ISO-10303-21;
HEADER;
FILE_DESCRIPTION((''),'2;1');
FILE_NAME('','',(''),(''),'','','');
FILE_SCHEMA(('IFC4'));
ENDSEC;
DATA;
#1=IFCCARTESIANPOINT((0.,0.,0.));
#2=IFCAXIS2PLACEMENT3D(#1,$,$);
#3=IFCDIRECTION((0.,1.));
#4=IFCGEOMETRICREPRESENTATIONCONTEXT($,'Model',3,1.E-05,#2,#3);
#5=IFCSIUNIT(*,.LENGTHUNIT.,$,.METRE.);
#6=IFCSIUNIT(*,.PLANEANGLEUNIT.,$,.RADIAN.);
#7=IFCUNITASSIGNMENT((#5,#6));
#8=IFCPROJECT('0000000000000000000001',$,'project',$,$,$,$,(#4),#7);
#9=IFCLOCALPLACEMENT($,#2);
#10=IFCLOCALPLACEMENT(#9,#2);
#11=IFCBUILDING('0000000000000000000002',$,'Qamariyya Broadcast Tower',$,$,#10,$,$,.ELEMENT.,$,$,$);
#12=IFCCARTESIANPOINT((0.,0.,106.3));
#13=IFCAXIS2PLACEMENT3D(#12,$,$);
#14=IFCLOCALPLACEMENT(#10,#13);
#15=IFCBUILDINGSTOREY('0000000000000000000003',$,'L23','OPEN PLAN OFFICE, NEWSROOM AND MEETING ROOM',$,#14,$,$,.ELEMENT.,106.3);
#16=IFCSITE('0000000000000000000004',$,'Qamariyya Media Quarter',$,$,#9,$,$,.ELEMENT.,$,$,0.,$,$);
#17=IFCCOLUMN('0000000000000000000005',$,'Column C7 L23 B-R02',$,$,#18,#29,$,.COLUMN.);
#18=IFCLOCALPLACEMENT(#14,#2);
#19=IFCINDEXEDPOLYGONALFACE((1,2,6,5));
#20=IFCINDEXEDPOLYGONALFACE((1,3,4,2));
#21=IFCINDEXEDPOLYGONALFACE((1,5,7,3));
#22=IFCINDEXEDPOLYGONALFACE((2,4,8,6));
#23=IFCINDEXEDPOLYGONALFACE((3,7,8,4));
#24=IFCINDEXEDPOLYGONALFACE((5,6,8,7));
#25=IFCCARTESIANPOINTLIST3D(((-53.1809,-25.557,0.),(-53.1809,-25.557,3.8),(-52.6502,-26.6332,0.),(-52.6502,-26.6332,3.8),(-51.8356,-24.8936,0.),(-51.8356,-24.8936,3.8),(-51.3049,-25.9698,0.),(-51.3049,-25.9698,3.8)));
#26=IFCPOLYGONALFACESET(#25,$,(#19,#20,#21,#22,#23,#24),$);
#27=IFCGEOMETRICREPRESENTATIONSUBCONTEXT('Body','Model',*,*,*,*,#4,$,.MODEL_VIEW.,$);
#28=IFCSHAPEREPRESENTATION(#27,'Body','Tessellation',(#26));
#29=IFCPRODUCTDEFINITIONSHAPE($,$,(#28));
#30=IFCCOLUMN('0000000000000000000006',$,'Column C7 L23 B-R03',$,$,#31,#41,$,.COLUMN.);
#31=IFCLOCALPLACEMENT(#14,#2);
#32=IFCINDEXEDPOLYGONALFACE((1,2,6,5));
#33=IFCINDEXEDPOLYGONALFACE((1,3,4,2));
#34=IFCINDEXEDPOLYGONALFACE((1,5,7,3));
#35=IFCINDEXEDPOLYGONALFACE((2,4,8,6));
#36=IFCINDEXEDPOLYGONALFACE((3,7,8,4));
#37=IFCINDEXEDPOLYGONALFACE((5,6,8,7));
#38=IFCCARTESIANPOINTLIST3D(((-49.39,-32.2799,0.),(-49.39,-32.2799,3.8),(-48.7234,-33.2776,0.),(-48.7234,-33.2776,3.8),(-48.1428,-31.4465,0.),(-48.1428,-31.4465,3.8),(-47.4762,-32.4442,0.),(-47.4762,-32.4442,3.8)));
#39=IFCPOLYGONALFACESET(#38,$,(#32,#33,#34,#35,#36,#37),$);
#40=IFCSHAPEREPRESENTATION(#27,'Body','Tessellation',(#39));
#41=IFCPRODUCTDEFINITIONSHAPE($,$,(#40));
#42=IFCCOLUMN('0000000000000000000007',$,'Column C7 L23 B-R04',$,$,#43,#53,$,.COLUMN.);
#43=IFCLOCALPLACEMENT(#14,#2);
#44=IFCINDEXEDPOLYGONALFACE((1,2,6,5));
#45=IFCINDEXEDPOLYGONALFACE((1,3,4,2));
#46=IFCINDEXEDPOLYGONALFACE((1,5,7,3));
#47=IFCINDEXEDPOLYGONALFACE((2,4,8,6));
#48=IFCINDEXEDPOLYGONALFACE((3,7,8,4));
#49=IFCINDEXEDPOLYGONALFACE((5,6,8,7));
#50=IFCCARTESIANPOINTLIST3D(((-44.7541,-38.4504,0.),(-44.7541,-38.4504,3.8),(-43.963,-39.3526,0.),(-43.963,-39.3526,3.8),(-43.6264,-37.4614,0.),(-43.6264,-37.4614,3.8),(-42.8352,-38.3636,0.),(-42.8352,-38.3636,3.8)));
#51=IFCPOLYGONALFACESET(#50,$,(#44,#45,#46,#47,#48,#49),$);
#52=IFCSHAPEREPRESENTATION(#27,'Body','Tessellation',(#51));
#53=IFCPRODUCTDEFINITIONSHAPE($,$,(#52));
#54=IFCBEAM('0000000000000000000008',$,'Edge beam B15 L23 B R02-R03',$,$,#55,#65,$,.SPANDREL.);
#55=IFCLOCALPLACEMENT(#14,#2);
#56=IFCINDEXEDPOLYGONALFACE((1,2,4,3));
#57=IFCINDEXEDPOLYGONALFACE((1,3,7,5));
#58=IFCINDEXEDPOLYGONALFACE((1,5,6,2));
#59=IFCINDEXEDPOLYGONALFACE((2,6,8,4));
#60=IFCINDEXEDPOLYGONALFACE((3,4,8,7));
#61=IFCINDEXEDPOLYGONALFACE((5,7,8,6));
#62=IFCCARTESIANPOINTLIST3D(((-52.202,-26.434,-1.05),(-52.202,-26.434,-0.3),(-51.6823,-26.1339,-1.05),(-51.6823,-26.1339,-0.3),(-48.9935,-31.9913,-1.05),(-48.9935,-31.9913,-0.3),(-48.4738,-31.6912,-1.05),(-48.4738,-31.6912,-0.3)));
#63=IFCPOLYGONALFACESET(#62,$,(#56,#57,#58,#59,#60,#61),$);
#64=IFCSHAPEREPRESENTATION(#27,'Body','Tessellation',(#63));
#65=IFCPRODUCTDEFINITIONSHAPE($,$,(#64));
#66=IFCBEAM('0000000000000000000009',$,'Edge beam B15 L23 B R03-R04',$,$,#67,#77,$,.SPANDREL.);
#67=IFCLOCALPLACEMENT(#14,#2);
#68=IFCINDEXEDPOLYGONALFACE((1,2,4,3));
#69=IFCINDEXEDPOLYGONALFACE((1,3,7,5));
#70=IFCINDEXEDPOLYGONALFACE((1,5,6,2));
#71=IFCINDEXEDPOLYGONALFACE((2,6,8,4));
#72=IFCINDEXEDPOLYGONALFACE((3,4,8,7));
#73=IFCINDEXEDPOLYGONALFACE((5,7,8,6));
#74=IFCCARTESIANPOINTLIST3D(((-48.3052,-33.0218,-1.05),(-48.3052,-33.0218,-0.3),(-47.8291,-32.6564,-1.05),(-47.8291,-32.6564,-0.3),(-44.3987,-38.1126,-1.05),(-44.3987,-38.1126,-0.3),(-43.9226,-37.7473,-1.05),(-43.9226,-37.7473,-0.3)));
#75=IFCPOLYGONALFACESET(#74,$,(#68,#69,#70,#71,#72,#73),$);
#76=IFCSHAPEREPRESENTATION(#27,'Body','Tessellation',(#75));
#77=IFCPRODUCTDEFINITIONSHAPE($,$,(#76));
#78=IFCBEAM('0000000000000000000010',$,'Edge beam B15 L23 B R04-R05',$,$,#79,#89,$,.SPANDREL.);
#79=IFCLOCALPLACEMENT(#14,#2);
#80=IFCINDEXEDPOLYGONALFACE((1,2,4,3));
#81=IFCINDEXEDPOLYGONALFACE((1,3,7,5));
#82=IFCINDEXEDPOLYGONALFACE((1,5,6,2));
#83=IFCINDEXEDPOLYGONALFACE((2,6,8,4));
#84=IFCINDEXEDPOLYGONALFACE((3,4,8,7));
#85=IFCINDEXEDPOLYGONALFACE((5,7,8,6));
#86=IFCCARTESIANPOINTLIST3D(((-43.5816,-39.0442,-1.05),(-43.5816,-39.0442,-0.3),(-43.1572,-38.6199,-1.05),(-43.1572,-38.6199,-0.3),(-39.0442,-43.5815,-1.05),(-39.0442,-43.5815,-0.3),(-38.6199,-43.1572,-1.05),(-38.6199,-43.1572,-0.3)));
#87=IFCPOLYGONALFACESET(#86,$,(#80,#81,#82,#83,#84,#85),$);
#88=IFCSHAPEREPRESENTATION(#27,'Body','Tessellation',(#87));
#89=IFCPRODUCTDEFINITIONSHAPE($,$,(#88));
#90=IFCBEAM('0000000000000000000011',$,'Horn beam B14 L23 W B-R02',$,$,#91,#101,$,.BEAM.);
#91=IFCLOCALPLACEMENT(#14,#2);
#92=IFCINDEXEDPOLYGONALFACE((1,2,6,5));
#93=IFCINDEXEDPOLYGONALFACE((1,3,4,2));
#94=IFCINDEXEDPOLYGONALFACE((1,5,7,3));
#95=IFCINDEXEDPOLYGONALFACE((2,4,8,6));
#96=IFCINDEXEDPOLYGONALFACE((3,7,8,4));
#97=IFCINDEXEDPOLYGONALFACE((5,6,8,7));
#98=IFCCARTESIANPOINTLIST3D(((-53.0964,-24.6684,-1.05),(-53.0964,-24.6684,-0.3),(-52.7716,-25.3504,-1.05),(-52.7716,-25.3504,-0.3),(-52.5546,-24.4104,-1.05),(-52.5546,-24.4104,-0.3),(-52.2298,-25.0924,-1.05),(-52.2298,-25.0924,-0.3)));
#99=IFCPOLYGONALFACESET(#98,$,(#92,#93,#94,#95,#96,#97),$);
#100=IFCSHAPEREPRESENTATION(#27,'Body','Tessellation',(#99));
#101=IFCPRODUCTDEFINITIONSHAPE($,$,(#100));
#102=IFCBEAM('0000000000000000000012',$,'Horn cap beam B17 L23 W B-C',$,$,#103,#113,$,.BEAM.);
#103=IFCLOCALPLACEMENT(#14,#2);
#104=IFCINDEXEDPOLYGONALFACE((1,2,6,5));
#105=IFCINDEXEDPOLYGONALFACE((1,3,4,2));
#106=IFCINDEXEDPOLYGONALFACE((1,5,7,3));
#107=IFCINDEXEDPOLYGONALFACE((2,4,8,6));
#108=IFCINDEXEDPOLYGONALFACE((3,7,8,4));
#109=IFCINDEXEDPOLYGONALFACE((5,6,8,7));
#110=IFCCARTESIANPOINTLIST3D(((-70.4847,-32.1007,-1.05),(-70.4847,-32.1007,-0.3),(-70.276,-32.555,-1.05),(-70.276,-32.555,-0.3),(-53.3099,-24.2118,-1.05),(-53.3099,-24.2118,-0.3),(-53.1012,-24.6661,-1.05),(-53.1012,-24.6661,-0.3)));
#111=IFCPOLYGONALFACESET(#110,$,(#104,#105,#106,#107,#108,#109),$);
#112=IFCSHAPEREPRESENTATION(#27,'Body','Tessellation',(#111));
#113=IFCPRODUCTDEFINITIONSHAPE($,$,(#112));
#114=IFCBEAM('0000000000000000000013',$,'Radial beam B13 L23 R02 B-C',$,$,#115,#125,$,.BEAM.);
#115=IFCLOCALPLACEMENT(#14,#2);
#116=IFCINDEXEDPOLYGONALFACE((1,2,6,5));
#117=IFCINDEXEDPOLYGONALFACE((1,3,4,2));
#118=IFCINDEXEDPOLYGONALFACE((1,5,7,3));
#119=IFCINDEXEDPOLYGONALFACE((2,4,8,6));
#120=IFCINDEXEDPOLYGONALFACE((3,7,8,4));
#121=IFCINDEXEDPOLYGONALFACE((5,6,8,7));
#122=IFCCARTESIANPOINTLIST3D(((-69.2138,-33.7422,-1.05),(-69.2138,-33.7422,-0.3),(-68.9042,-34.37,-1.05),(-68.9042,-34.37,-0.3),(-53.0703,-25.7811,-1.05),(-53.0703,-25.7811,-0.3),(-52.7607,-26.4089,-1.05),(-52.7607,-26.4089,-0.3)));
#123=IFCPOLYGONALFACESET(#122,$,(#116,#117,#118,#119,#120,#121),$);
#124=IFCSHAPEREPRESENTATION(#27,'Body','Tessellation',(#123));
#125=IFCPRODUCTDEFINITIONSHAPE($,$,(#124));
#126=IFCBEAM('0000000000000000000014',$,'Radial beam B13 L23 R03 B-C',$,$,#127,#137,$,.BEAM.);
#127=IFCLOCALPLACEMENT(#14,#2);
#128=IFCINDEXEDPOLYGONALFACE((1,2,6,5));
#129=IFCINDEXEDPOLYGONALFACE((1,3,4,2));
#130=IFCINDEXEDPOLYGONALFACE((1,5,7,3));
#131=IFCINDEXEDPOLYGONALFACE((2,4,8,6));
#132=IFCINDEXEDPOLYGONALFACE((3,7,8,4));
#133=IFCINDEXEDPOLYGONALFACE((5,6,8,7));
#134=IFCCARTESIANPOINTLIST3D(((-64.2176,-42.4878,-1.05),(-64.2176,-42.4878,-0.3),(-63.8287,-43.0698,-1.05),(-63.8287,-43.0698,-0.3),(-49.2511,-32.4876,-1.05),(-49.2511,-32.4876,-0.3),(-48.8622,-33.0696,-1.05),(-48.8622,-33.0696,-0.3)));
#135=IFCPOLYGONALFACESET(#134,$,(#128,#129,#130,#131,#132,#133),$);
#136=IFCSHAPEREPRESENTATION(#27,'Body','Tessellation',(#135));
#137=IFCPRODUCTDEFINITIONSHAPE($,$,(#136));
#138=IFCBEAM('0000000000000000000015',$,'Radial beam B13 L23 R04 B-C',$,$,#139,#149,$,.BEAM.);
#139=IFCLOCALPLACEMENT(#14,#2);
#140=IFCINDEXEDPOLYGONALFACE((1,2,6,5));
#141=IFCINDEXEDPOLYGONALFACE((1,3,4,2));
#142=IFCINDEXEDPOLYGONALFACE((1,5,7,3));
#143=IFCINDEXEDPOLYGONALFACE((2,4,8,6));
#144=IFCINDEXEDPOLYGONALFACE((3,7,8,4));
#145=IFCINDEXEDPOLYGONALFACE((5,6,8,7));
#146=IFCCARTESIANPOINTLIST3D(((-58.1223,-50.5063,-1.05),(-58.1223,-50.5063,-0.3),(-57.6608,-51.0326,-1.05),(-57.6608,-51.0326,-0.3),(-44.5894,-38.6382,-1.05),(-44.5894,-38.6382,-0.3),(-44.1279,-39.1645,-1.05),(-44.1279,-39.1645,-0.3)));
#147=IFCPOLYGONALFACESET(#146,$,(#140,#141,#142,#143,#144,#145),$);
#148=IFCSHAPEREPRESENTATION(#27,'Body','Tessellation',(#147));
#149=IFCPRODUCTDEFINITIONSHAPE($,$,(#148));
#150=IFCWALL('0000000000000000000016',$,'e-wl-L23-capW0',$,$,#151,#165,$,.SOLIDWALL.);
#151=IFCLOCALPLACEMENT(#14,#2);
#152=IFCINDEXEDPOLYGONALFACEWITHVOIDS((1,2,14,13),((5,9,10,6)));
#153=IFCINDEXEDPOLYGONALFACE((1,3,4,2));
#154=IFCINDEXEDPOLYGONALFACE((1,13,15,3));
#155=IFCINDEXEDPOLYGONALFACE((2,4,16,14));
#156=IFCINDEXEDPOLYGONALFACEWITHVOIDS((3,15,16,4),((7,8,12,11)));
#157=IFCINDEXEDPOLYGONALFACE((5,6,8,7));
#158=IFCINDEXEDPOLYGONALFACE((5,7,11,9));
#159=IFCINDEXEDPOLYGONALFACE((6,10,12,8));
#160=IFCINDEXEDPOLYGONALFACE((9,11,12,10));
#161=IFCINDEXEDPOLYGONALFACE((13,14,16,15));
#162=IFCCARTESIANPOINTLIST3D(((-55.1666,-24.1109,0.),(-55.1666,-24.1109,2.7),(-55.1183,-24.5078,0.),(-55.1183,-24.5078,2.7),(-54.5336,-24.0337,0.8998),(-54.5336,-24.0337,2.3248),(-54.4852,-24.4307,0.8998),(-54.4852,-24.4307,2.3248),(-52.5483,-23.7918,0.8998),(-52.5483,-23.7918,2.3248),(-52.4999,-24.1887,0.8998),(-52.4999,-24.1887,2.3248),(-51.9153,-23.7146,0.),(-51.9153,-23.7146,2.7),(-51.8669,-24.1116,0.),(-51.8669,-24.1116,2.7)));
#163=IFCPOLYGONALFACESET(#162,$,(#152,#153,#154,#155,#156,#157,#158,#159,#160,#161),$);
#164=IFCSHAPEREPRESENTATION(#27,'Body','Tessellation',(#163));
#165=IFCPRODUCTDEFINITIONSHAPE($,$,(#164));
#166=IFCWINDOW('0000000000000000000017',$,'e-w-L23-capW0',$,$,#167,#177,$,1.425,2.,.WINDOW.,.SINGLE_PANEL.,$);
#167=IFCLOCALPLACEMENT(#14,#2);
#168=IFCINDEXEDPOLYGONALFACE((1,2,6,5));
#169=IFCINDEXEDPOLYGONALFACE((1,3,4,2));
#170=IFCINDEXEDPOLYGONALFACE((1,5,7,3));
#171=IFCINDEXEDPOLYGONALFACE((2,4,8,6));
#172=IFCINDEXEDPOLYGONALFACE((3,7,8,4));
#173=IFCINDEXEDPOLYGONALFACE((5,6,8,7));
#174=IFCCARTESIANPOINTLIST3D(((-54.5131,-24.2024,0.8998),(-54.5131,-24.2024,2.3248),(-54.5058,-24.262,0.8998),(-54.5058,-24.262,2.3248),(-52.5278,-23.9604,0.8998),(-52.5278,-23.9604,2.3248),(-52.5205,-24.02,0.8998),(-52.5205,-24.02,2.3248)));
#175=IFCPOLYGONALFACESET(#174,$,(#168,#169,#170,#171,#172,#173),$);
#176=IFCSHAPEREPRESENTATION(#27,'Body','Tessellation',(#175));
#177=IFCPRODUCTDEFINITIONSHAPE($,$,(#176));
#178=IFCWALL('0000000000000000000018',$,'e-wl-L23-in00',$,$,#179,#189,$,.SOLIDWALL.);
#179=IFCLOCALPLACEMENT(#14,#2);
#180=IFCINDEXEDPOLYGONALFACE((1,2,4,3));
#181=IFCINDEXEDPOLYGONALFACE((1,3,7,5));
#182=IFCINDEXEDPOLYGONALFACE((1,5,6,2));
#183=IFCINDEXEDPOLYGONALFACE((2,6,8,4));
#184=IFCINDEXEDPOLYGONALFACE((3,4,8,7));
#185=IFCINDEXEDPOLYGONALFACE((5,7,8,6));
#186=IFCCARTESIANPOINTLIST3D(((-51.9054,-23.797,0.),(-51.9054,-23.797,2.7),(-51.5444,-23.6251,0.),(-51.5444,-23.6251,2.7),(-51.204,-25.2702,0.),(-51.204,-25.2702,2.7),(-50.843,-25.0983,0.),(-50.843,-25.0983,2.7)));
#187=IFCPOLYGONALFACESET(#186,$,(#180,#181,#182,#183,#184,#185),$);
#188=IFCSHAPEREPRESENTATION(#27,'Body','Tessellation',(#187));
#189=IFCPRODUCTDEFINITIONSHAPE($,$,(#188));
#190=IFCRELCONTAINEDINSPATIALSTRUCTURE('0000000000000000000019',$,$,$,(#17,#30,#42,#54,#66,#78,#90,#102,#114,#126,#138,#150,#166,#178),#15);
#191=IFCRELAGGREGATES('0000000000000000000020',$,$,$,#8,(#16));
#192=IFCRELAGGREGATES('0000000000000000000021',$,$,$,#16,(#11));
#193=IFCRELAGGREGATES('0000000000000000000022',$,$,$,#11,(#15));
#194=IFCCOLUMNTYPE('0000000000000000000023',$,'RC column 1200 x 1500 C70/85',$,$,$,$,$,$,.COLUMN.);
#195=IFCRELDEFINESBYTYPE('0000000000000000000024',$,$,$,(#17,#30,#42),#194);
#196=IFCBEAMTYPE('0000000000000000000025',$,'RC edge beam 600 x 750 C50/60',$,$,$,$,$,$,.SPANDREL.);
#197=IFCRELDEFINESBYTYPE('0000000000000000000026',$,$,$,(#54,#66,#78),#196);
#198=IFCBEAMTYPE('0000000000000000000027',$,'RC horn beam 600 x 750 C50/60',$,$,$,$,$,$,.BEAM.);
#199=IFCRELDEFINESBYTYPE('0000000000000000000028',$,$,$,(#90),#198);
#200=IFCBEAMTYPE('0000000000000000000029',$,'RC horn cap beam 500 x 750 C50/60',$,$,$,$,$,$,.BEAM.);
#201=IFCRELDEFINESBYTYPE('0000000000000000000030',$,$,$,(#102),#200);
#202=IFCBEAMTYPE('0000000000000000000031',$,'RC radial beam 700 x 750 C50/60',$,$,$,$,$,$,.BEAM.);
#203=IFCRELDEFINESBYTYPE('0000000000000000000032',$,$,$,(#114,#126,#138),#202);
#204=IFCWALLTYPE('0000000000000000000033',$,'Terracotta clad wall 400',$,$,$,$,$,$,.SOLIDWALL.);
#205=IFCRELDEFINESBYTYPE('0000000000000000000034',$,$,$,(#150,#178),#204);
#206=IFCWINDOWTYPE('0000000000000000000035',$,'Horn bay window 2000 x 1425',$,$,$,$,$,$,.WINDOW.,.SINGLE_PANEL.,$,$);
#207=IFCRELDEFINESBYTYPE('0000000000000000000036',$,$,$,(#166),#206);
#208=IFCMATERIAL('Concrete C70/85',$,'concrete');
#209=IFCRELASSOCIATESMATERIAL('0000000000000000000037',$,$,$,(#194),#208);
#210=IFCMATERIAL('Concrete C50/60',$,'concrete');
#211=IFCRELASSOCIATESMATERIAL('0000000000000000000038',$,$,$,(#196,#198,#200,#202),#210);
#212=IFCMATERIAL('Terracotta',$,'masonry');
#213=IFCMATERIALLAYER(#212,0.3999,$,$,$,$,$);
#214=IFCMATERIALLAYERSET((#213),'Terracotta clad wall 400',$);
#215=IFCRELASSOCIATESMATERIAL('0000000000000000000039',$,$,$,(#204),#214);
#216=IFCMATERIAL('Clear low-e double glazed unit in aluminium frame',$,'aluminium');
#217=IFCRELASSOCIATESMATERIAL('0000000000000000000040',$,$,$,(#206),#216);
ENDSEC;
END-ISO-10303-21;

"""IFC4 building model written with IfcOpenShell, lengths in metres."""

from ifc_helpers import new_model, si_unit, direction, frame, frame_2d, origin, origin_2d, place, context, subcontext, project, spatial, rectangle, extrude, material, layer, layer_set, material_profile, profile_set, type_object, element, fill, save


model = new_model("IFC4")

# Units and contexts
model_context = context("Model", 3, precision=1e-05, world=origin(), true_north=direction((0.0, 1.0)))
body_context = subcontext(model_context, "Body", "Model", "MODEL_VIEW")
ifc_project = project(units=[si_unit("LENGTHUNIT", "METRE"), si_unit("PLANEANGLEUNIT", "RADIAN")], contexts=[model_context])

# Site, building, storey
site_placement = place(None, origin())
site = spatial("IfcSite", under=ifc_project, at=site_placement, Name="Qamariyya Media Quarter", CompositionType="ELEMENT", RefElevation=0.0)
building_placement = place(site_placement, origin())
building = spatial("IfcBuilding", under=site, at=building_placement, Name="Qamariyya Broadcast Tower", CompositionType="ELEMENT")
storey_placement = place(building_placement, frame((0.0, 0.0, 106.3)))
storey = spatial("IfcBuildingStorey", under=building, at=storey_placement, Name="L23", Description="OPEN PLAN OFFICE, NEWSROOM AND MEETING ROOM", CompositionType="ELEMENT", Elevation=106.3)

# Columns
ifc_material_1 = material(Name="Concrete C70/85", Category="concrete")
ifc_material_profile_1 = material_profile(ifc_material_1, rectangle(XDim=1.2, YDim=1.5, at=origin_2d()))
ifc_profile_set_1 = profile_set([ifc_material_profile_1], Name="Concrete C70/85")
column_type = type_object("IfcColumnType", Name="RC column 1200 x 1500 C70/85", PredefinedType="COLUMN", material=ifc_profile_set_1)
for number, where, z_axis, x_axis, name in (
    (1, (-52.2429, -25.7634, 0.0), (0.0, 0.0, 1.0), (0.442289, -0.896873, 0.0), "Column C7 L23 B-R02"),
    (2, (-48.4331, -32.3621, 0.0), (0.0, 0.0, 1.0), (0.55557, -0.83147, 0.0), "Column C7 L23 B-R03"),
    (3, (-43.7947, -38.407, 0.0), (0.0, 0.0, 1.0), (0.659346, -0.75184, 0.0), "Column C7 L23 B-R04"),
):
    element("IfcColumn", number, at=place(storey_placement, frame(where, z_axis=z_axis, x_axis=x_axis)), inside=storey, type_object=column_type, Name=name, PredefinedType="COLUMN", context=body_context, shape_type="SweptSolid", body=[
        extrude(rectangle(XDim=1.2, YDim=1.5, at=origin_2d()), origin(), (0.0, 0.0, 1.0), 3.8),
    ])

# Beams
ifc_material_2 = material(Name="Concrete C50/60", Category="concrete")
ifc_material_profile_2 = material_profile(ifc_material_2, rectangle(XDim=0.6001, YDim=0.75, at=origin_2d()))
ifc_profile_set_2 = profile_set([ifc_material_profile_2], Name="Concrete C50/60")
beam_type_1 = type_object("IfcBeamType", Name="RC edge beam 600 x 750 C50/60", PredefinedType="SPANDREL", material=ifc_profile_set_2)
for number, where, z_axis, x_axis, name in (
    (4, (-51.9421, -26.2839, -0.675), (0.499994, -0.866029, 0.0), (0.866029, 0.499994, 0.0), "Edge beam B15 L23 B R02-R03"),
    (5, (-48.0671, -32.8391, -0.675), (0.608778, -0.793341, 0.0), (0.793341, 0.608778, 0.0), "Edge beam B15 L23 B R03-R04"),
):
    element("IfcBeam", number, at=place(storey_placement, frame(where, z_axis=z_axis, x_axis=x_axis)), inside=storey, type_object=beam_type_1, Name=name, PredefinedType="SPANDREL", context=body_context, shape_type="SweptSolid", body=[
        extrude(rectangle(XDim=0.6001, YDim=0.75, at=origin_2d()), origin(), (0.0, 0.0, 1.0), 6.417),
    ])
beam_1_placement = place(storey_placement, frame((-43.3694, -38.832, -0.675), z_axis=(0.707107, -0.707107, 0.0), x_axis=(0.707107, 0.707107, 0.0)))
element("IfcBeam", 6, at=beam_1_placement, inside=storey, type_object=beam_type_1, Name="Edge beam B15 L23 B R04-R05", PredefinedType="SPANDREL", context=body_context, shape_type="SweptSolid", body=[
    extrude(rectangle(XDim=0.6001, YDim=0.75, at=origin_2d()), origin(), (0.0, 0.0, 1.0), 6.4167),
])
ifc_material_profile_3 = material_profile(ifc_material_2, rectangle(XDim=0.6001, YDim=0.75, at=origin_2d()))
ifc_profile_set_3 = profile_set([ifc_material_profile_3], Name="Concrete C50/60")
beam_type_2 = type_object("IfcBeamType", Name="RC horn beam 600 x 750 C50/60", PredefinedType="BEAM", material=ifc_profile_set_3)
beam_2_placement = place(storey_placement, frame((-52.5007, -25.2214, -0.675), z_axis=(-0.429934, 0.902861, 0.0), x_axis=(-0.902861, -0.429934, 0.0)))
element("IfcBeam", 7, at=beam_2_placement, inside=storey, type_object=beam_type_2, Name="Horn beam B14 L23 W B-R02", PredefinedType="BEAM", context=body_context, shape_type="SweptSolid", body=[
    extrude(rectangle(XDim=0.6001, YDim=0.75, at=origin_2d()), origin(), (0.0, 0.0, 1.0), 0.7554),
])
ifc_material_profile_4 = material_profile(ifc_material_2, rectangle(XDim=0.5, YDim=0.75, at=origin_2d()))
ifc_profile_set_4 = profile_set([ifc_material_profile_4], Name="Concrete C50/60")
beam_type_3 = type_object("IfcBeamType", Name="RC horn cap beam 500 x 750 C50/60", PredefinedType="BEAM", material=ifc_profile_set_4)
beam_3_placement = place(storey_placement, frame((-53.2056, -24.439, -0.675), z_axis=(-0.908721, -0.417404, 0.0), x_axis=(0.417404, -0.908721, 0.0)))
element("IfcBeam", 8, at=beam_3_placement, inside=storey, type_object=beam_type_3, Name="Horn cap beam B17 L23 W B-C", PredefinedType="BEAM", context=body_context, shape_type="SweptSolid", body=[
    extrude(rectangle(XDim=0.5, YDim=0.75, at=origin_2d()), origin(), (0.0, 0.0, 1.0), 18.8999),
])
ifc_material_profile_5 = material_profile(ifc_material_2, rectangle(XDim=0.7, YDim=0.75, at=origin_2d()))
ifc_profile_set_5 = profile_set([ifc_material_profile_5], Name="Concrete C50/60")
beam_type_4 = type_object("IfcBeamType", Name="RC radial beam 700 x 750 C50/60", PredefinedType="BEAM", material=ifc_profile_set_5)
beam_4_placement = place(storey_placement, frame((-52.9155, -26.095, -0.675), z_axis=(-0.896871, -0.442291, 0.0), x_axis=(0.442291, -0.896871, 0.0)))
element("IfcBeam", 9, at=beam_4_placement, inside=storey, type_object=beam_type_4, Name="Radial beam B13 L23 R02 B-C", PredefinedType="BEAM", context=body_context, shape_type="SweptSolid", body=[
    extrude(rectangle(XDim=0.7, YDim=0.75, at=origin_2d()), origin(), (0.0, 0.0, 1.0), 17.9998),
])
beam_5_placement = place(storey_placement, frame((-49.0566, -32.7786, -0.675), z_axis=(-0.831472, -0.555567, 0.0), x_axis=(0.555567, -0.831472, 0.0)))
element("IfcBeam", 10, at=beam_5_placement, inside=storey, type_object=beam_type_4, Name="Radial beam B13 L23 R03 B-C", PredefinedType="BEAM", context=body_context, shape_type="SweptSolid", body=[
    extrude(rectangle(XDim=0.7, YDim=0.75, at=origin_2d()), origin(), (0.0, 0.0, 1.0), 18.0),
])
beam_6_placement = place(storey_placement, frame((-44.3586, -38.9014, -0.675), z_axis=(-0.751838, -0.659348, 0.0), x_axis=(0.659348, -0.751838, 0.0)))
element("IfcBeam", 11, at=beam_6_placement, inside=storey, type_object=beam_type_4, Name="Radial beam B13 L23 R04 B-C", PredefinedType="BEAM", context=body_context, shape_type="SweptSolid", body=[
    extrude(rectangle(XDim=0.7, YDim=0.75, at=origin_2d()), origin(), (0.0, 0.0, 1.0), 17.9998),
])

# Wall, opening, window
ifc_material_3 = material(Name="Terracotta", Category="masonry")
ifc_layer = layer(ifc_material_3, 0.3999)
ifc_layer_set = layer_set([ifc_layer], Name="Terracotta clad wall 400")
wall_type = type_object("IfcWallType", Name="Terracotta clad wall 400", PredefinedType="SOLIDWALL", material=ifc_layer_set)
wall_1_placement = place(storey_placement, frame((-51.8911, -23.9131, 0.0), z_axis=(0.0, 0.0, 1.0), x_axis=(-0.992655, -0.120979, 0.0)))
wall_1 = element("IfcWall", 12, at=wall_1_placement, inside=storey, type_object=wall_type, Name="e-wl-L23-capW0", PredefinedType="SOLIDWALL", context=body_context, shape_type="SweptSolid", body=[
    extrude(rectangle(XDim=3.2754, YDim=0.3999, at=frame_2d((1.6377, 0.0))), origin(), (0.0, 0.0, 1.0), 2.7),
])
opening_1_placement = place(wall_1_placement, frame((0.6377, 0.0, 0.8999)))
opening_1 = element("IfcOpeningElement", 13, at=opening_1_placement, cuts=wall_1, PredefinedType="OPENING", context=body_context, shape_type="SweptSolid", body=[
    extrude(rectangle(XDim=2.0, YDim=1.425, at=frame_2d((1.0, 0.7124))), frame((0.0, 0.21, 0.0), z_axis=(0.0, -1.0, 0.0), x_axis=(1.0, 0.0, 0.0)), (0.0, 0.0, 1.0), 0.4199),
])
ifc_material_4 = material(Name="Clear low-e double glazed unit in aluminium frame", Category="aluminium")
window_type_1 = type_object("IfcWindowType", Name="Horn bay window 2000 x 1425", PartitioningType="SINGLE_PANEL", PredefinedType="WINDOW", material=ifc_material_4)
window_1_placement = place(opening_1_placement, origin())
window_1 = element("IfcWindow", 14, at=window_1_placement, inside=storey, type_object=window_type_1, Name="e-w-L23-capW0", OverallHeight=1.425, OverallWidth=2.0, PartitioningType="SINGLE_PANEL", PredefinedType="WINDOW", context=body_context, shape_type="SweptSolid", body=[
    extrude(rectangle(XDim=2.0, YDim=1.425, at=frame_2d((1.0, 0.7124))), frame((0.0, 0.03, 0.0), z_axis=(0.0, -1.0, 0.0), x_axis=(1.0, 0.0, 0.0)), (0.0, 0.0, 1.0), 0.0601),
])
fill(opening_1, window_1)

# Wall
wall_2_placement = place(storey_placement, frame((-51.0234, -25.1843, 0.0), z_axis=(0.0, 0.0, 1.0), x_axis=(-0.429893, 0.90288, 0.0)))
element("IfcWall", 15, at=wall_2_placement, inside=storey, type_object=wall_type, Name="e-wl-L23-in00", PredefinedType="SOLIDWALL", context=body_context, shape_type="SweptSolid", body=[
    extrude(rectangle(XDim=1.6316, YDim=0.3999, at=frame_2d((0.8159, 0.0))), origin(), (0.0, 0.0, 1.0), 2.7),
])

save(model, "model.ifc")
